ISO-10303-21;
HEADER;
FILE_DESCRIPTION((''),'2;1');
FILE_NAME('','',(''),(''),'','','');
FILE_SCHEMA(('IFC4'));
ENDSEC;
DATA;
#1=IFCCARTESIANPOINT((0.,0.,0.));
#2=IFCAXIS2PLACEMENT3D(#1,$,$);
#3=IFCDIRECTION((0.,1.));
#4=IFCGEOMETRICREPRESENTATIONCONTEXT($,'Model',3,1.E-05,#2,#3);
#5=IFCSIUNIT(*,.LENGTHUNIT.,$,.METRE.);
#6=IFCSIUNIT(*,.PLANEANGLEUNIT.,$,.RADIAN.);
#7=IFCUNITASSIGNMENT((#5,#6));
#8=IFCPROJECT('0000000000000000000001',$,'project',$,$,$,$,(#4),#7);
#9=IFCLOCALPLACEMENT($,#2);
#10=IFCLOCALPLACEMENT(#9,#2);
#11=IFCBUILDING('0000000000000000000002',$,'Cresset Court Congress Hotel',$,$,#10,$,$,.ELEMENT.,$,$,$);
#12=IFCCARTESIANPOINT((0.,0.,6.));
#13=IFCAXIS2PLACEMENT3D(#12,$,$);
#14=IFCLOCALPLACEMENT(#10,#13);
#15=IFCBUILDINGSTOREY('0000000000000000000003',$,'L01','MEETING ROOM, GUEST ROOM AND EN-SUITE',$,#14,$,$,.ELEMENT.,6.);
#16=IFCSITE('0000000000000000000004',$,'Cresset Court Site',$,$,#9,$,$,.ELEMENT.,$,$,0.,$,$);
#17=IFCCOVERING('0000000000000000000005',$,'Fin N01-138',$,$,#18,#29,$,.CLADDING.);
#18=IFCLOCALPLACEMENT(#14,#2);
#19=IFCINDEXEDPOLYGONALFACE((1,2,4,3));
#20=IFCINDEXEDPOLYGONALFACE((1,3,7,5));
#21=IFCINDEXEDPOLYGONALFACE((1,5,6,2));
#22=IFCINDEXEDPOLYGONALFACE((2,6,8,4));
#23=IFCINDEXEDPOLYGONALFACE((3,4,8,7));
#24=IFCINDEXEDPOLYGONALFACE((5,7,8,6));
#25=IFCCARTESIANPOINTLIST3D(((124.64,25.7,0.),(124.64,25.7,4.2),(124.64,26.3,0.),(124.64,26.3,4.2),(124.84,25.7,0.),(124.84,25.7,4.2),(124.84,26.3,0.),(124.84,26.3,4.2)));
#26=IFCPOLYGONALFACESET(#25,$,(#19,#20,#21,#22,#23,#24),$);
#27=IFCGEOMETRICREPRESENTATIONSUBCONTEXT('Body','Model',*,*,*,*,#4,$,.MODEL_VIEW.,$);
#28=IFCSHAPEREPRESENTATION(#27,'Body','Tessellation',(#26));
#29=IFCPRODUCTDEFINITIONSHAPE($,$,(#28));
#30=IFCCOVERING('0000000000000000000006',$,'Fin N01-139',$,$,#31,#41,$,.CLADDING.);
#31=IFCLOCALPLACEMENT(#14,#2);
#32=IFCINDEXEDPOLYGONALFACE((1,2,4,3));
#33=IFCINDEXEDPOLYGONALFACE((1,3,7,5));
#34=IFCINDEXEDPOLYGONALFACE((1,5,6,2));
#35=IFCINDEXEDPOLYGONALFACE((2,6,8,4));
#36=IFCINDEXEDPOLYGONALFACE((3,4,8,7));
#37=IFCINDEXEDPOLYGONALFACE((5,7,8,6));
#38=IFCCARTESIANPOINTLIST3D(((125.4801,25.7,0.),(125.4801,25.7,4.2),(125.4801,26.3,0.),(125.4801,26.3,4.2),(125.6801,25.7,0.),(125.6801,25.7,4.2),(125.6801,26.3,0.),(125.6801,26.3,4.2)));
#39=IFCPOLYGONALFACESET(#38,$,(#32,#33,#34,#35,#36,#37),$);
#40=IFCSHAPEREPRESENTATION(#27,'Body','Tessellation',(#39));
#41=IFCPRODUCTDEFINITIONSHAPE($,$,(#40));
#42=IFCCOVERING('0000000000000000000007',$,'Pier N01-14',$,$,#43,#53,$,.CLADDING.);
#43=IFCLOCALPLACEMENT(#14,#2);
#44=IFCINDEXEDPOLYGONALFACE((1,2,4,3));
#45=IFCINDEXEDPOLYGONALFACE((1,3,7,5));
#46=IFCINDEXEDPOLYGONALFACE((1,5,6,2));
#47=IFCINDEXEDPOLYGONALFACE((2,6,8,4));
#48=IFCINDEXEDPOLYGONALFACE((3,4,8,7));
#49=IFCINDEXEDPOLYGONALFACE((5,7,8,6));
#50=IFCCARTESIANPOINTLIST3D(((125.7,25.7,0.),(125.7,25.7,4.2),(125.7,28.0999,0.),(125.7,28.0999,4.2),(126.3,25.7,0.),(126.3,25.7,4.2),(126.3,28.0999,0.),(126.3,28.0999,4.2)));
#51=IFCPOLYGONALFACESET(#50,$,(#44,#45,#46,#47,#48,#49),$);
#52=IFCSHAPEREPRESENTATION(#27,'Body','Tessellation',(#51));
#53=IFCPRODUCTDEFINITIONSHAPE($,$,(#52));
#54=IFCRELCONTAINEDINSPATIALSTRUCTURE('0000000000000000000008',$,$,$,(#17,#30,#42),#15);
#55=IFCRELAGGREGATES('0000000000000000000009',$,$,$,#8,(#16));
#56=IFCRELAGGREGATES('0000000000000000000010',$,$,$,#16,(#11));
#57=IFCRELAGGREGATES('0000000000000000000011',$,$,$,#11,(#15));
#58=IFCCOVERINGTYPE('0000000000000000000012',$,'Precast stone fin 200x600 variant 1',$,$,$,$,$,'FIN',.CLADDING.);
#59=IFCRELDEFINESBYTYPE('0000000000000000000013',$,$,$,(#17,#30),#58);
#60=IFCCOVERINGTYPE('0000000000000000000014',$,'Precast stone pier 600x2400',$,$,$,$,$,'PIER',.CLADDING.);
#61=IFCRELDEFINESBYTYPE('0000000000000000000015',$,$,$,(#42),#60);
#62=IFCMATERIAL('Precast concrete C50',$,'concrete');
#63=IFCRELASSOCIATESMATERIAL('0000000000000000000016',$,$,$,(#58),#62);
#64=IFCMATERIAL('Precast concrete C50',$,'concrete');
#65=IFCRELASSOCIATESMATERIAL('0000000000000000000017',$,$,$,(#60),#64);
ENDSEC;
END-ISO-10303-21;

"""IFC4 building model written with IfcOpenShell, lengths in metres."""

from ifc_helpers import new_model, si_unit, direction, frame, origin, origin_2d, place, context, subcontext, project, spatial, rectangle, extrude, material, type_object, element, save


model = new_model("IFC4")

# Units and contexts
model_context = context("Model", 3, precision=1e-05, world=origin(), true_north=direction((0.0, 1.0)))
body_context = subcontext(model_context, "Body", "Model", "MODEL_VIEW")
ifc_project = project(units=[si_unit("LENGTHUNIT", "METRE"), si_unit("PLANEANGLEUNIT", "RADIAN")], contexts=[model_context])

# Site, building, storey
site_placement = place(None, origin())
site = spatial("IfcSite", under=ifc_project, at=site_placement, Name="Cresset Court Site", CompositionType="ELEMENT", RefElevation=0.0)
building_placement = place(site_placement, origin())
building = spatial("IfcBuilding", under=site, at=building_placement, Name="Cresset Court Congress Hotel", CompositionType="ELEMENT")
storey_placement = place(building_placement, frame((0.0, 0.0, 6.0)))
storey = spatial("IfcBuildingStorey", under=building, at=storey_placement, Name="L01", Description="MEETING ROOM, GUEST ROOM AND EN-SUITE", CompositionType="ELEMENT", Elevation=6.0)

# Coverings
ifc_material_1 = material(Name="Precast concrete C50", Category="concrete")
covering_type_1 = type_object("IfcCoveringType", Name="Precast stone fin 200x600 variant 1", ElementType="FIN", PredefinedType="CLADDING", material=ifc_material_1)
for number, where, z_axis, x_axis, name in (
    (1, (124.74, 26.0, 0.0), (0.0, 0.0, 1.0), (1.0, 0.0, 0.0), "Fin N01-138"),
    (2, (125.5801, 26.0, 0.0), (0.0, 0.0, 1.0), (1.0, 0.0, 0.0), "Fin N01-139"),
):
    element("IfcCovering", number, at=place(storey_placement, frame(where, z_axis=z_axis, x_axis=x_axis)), inside=storey, type_object=covering_type_1, Name=name, PredefinedType="CLADDING", context=body_context, shape_type="SweptSolid", body=[
        extrude(rectangle(XDim=0.2, YDim=0.6001, at=origin_2d()), origin(), (0.0, 0.0, 1.0), 4.2),
    ])
ifc_material_2 = material(Name="Precast concrete C50", Category="concrete")
covering_type_2 = type_object("IfcCoveringType", Name="Precast stone pier 600x2400", ElementType="PIER", PredefinedType="CLADDING", material=ifc_material_2)
covering_placement = place(storey_placement, frame((126.0, 26.8999, 0.0), z_axis=(0.0, 0.0, 1.0), x_axis=(1.0, 0.0, 0.0)))
element("IfcCovering", 3, at=covering_placement, inside=storey, type_object=covering_type_2, Name="Pier N01-14", PredefinedType="CLADDING", context=body_context, shape_type="SweptSolid", body=[
    extrude(rectangle(XDim=0.6001, YDim=2.3999, at=origin_2d()), origin(), (0.0, 0.0, 1.0), 4.2),
])

save(model, "model.ifc")
